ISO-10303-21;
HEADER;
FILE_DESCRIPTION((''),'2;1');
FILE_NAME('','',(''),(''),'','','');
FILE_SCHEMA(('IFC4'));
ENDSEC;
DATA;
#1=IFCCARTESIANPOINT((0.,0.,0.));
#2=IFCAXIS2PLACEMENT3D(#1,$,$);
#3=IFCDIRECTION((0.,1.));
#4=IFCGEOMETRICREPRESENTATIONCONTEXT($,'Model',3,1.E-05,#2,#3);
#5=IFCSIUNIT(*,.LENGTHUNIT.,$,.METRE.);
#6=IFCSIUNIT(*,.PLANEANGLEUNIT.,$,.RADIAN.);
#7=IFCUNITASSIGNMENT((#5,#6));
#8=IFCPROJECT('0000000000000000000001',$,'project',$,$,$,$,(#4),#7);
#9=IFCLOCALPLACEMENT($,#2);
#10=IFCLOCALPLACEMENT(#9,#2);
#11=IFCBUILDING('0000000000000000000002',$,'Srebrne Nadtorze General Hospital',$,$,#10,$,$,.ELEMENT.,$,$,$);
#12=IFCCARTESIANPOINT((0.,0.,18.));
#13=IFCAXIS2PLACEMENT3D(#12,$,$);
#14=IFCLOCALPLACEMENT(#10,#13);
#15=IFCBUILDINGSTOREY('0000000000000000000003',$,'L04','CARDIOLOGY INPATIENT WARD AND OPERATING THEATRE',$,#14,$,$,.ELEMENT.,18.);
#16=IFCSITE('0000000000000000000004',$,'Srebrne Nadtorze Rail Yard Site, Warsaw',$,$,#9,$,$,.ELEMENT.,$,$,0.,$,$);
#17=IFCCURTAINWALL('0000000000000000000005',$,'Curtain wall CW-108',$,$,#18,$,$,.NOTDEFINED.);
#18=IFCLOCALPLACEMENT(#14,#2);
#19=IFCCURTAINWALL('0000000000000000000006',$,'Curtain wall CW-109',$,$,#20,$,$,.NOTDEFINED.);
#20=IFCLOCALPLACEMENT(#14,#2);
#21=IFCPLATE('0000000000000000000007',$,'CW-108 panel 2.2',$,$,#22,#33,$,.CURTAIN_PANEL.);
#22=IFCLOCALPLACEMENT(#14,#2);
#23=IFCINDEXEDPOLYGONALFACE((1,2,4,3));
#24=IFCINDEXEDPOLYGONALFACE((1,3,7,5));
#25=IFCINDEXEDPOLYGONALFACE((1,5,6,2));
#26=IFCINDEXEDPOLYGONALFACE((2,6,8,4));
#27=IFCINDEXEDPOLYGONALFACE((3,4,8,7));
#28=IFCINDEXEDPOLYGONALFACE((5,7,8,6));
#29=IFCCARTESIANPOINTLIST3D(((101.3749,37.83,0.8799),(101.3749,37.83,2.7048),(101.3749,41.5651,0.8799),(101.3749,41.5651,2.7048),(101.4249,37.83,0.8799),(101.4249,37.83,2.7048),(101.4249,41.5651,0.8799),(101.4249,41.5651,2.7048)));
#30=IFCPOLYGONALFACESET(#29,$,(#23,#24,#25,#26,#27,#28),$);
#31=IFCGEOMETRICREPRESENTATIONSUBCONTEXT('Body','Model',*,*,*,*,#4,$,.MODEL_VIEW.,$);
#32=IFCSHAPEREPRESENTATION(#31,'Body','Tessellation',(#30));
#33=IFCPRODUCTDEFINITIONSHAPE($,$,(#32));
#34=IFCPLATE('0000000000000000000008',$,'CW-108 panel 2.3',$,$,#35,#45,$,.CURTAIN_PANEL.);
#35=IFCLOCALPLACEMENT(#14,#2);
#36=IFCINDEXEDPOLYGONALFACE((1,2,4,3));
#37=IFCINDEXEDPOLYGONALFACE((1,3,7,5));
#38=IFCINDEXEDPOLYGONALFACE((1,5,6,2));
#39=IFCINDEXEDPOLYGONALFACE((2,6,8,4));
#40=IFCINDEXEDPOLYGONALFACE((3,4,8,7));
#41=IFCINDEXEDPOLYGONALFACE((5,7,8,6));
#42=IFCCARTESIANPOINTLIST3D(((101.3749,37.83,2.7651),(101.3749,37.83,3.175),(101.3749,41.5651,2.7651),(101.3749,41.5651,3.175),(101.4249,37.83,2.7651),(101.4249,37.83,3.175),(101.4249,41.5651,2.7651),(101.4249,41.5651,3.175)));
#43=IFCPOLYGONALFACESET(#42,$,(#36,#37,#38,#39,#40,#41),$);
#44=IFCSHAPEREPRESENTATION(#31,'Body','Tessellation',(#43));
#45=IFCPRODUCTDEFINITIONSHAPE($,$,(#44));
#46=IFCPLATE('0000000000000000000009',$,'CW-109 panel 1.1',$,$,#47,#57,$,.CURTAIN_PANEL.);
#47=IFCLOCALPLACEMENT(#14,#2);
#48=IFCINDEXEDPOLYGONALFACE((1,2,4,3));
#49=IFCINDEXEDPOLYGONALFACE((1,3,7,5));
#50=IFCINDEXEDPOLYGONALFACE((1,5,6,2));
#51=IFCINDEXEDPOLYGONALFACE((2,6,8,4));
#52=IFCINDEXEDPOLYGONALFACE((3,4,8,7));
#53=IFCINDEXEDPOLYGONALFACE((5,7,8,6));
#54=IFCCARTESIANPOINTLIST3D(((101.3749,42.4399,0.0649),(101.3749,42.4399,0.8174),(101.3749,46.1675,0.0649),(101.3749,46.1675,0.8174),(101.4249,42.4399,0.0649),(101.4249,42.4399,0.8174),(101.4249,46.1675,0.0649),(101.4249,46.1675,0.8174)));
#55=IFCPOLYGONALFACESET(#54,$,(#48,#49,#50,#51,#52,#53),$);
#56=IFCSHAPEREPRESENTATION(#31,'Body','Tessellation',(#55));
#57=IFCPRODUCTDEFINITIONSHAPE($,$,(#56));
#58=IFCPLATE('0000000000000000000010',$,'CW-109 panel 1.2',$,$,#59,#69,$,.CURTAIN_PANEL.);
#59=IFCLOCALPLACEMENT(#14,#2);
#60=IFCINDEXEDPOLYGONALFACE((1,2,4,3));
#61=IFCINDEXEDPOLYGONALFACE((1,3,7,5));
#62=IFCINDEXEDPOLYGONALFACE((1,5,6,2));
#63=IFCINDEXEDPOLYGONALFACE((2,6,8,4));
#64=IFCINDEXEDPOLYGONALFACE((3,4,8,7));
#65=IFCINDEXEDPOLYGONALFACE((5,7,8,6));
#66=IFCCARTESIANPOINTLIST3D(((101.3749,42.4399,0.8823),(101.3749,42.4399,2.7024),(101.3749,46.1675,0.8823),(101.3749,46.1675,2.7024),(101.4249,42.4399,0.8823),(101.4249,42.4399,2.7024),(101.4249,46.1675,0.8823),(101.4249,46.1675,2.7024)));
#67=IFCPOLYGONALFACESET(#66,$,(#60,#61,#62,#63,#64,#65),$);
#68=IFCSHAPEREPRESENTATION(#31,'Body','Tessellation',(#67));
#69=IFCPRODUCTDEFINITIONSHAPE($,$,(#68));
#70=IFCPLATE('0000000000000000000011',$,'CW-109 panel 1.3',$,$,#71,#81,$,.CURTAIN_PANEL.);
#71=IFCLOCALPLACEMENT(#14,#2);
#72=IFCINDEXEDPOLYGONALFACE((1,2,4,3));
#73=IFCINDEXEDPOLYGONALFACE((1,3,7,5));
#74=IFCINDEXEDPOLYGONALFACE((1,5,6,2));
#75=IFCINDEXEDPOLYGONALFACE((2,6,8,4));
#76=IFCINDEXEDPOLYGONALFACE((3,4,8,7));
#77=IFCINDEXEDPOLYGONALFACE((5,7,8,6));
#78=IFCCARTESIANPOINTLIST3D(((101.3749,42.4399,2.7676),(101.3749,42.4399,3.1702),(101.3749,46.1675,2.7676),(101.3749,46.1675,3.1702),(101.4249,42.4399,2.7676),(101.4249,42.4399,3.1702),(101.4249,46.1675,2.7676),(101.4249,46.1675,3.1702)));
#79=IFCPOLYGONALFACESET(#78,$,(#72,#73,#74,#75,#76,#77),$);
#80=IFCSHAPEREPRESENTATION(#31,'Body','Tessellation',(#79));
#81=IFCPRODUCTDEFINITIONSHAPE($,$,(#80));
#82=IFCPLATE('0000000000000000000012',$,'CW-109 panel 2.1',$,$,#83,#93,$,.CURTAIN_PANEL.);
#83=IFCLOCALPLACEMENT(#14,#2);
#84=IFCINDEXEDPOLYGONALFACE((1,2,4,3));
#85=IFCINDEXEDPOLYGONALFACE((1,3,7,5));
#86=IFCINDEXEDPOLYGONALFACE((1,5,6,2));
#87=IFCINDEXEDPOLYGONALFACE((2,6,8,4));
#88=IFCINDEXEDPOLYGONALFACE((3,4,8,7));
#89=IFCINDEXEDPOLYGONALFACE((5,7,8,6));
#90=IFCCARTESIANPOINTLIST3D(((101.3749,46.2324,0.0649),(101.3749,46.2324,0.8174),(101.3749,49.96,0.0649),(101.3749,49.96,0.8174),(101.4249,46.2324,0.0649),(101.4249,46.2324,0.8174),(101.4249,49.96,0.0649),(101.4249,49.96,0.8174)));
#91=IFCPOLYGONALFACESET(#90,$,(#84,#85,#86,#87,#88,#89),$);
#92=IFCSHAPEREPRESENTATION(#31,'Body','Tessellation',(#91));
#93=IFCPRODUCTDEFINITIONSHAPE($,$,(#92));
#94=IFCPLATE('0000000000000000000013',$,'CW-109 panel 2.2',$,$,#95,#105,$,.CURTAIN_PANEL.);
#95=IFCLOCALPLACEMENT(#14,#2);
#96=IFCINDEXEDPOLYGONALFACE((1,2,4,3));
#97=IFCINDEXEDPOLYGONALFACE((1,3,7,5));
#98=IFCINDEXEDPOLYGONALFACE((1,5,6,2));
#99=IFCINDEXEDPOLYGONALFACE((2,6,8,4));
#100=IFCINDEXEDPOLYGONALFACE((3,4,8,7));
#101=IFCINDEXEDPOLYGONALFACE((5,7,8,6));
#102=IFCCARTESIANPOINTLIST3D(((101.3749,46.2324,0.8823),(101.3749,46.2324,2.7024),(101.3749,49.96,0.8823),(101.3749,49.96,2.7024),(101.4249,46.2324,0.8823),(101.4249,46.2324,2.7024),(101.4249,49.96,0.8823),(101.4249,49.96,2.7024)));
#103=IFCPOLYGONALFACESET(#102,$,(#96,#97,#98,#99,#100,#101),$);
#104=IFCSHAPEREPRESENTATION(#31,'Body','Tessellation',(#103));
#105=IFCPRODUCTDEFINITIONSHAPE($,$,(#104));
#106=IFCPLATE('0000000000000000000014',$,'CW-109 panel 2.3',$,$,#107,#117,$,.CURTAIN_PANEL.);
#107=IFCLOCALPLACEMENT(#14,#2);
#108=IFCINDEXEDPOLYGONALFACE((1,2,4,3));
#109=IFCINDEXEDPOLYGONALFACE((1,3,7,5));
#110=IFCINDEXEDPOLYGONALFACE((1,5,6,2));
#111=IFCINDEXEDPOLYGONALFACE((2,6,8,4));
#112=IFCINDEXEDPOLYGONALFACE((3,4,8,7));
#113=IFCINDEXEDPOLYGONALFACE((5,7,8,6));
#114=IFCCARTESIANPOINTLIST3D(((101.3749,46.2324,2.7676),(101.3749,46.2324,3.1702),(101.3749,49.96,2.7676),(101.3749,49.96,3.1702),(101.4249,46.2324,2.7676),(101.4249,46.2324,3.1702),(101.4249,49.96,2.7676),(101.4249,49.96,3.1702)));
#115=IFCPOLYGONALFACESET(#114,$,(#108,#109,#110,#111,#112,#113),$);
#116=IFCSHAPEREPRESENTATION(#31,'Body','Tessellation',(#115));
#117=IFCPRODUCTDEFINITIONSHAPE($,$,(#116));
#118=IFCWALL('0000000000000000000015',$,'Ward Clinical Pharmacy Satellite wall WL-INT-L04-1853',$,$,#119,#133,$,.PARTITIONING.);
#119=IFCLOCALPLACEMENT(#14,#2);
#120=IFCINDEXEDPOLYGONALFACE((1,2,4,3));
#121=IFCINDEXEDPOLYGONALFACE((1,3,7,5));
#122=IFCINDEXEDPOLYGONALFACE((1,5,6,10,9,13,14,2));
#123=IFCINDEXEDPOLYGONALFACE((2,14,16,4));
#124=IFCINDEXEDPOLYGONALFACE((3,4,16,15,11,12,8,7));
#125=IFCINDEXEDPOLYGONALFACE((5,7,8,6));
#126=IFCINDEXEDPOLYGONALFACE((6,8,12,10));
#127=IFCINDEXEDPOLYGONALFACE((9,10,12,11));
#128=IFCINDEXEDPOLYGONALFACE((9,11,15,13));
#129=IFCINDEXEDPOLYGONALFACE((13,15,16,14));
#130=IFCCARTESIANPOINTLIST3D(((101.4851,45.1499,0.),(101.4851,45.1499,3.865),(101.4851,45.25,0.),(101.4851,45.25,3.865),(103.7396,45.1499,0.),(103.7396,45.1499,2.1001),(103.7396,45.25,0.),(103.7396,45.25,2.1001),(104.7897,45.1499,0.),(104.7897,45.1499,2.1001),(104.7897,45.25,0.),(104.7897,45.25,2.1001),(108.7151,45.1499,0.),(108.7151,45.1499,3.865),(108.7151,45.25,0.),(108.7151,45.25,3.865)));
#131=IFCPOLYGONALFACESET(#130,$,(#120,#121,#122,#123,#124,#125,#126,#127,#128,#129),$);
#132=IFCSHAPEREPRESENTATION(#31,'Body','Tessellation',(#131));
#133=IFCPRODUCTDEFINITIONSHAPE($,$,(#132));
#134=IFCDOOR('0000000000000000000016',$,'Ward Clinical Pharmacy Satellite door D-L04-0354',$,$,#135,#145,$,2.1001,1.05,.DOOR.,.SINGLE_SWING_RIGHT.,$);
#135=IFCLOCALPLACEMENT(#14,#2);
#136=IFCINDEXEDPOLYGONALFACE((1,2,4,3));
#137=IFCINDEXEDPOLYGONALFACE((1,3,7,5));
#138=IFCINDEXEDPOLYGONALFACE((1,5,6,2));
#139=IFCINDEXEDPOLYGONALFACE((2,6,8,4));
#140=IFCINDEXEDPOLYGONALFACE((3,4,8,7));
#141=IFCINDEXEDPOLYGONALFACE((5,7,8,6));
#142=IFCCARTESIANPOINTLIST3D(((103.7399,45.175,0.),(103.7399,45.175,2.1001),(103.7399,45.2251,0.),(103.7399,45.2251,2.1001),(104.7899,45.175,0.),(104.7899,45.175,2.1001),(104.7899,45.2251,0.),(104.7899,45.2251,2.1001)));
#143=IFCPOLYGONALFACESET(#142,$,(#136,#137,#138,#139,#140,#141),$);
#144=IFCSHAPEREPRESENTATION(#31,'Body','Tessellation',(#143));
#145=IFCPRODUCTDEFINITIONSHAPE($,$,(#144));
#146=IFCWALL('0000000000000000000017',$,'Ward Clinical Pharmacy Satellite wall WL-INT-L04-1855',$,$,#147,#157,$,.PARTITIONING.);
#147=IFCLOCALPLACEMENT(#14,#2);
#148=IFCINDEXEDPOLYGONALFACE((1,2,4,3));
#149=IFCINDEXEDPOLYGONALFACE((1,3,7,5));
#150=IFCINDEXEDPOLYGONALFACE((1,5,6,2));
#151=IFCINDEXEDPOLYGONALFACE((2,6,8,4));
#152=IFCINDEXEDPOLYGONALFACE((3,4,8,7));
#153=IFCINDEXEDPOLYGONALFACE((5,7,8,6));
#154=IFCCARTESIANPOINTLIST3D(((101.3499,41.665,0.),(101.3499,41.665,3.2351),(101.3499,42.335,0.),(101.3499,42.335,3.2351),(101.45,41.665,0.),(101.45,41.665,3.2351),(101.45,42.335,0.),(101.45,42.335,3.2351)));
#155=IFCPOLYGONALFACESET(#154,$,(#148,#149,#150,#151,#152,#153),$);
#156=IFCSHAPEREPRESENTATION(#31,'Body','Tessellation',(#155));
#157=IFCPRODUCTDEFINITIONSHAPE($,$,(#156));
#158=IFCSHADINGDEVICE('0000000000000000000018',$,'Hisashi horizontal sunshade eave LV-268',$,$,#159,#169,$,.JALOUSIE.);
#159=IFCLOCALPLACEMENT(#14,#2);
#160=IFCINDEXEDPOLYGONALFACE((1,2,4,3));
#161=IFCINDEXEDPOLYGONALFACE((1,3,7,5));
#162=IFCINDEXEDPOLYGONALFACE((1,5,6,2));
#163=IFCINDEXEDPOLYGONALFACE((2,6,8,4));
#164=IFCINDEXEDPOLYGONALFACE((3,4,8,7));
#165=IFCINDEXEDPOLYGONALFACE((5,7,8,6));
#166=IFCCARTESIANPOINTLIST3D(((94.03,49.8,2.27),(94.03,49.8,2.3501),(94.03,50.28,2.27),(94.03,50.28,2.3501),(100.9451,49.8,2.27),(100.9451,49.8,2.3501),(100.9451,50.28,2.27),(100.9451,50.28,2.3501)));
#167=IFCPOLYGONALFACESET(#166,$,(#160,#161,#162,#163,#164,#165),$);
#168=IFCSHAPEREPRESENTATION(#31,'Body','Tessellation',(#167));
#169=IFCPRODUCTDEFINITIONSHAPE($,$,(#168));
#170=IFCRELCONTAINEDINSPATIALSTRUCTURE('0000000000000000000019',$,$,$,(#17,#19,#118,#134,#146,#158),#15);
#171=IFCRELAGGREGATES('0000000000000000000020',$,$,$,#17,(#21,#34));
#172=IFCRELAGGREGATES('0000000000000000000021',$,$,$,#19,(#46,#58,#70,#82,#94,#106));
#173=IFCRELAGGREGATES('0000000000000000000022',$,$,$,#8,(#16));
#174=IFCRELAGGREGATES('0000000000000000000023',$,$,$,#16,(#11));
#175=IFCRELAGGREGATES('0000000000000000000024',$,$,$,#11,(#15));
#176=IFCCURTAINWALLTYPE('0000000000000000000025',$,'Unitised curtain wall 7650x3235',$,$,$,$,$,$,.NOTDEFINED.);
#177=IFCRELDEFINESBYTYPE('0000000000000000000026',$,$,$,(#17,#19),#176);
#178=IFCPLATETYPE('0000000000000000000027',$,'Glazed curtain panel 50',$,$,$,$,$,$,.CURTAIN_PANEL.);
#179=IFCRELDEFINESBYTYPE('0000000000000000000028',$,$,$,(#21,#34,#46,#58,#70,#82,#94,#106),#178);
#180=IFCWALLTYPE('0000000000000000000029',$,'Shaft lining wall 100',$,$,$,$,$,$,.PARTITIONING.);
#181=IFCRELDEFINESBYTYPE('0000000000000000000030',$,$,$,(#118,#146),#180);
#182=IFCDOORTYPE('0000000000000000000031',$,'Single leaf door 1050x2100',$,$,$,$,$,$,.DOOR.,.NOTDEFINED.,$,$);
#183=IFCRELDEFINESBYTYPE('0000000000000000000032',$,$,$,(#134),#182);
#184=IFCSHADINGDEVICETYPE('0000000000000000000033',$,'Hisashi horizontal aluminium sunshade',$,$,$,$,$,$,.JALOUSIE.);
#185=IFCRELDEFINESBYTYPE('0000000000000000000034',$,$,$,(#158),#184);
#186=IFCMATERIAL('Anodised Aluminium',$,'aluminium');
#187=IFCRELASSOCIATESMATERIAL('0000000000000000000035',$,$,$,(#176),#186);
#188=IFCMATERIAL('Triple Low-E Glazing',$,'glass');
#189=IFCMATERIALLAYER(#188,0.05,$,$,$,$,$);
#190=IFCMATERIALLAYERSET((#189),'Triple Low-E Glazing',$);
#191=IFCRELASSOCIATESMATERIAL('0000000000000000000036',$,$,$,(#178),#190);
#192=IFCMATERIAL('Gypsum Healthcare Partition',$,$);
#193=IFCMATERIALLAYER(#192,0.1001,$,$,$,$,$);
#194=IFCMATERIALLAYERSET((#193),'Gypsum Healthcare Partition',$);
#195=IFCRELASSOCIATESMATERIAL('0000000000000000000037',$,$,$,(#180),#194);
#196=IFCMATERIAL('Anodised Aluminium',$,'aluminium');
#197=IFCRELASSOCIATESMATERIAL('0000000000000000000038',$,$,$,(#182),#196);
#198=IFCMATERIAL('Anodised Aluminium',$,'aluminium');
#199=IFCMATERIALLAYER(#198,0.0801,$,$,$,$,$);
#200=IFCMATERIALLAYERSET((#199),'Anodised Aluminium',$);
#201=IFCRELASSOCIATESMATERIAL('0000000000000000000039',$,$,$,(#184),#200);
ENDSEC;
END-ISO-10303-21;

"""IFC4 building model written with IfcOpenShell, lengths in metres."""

from ifc_helpers import new_model, si_unit, direction, frame, frame_2d, origin, origin_2d, place, context, subcontext, project, spatial, rectangle, extrude, material, layer, layer_set, type_object, element, fill, aggregate, save


model = new_model("IFC4")

# Units and contexts
model_context = context("Model", 3, precision=1e-05, world=origin(), true_north=direction((0.0, 1.0)))
body_context = subcontext(model_context, "Body", "Model", "MODEL_VIEW")
ifc_project = project(units=[si_unit("LENGTHUNIT", "METRE"), si_unit("PLANEANGLEUNIT", "RADIAN")], contexts=[model_context])

# Site, building, storey
site_placement = place(None, origin())
site = spatial("IfcSite", under=ifc_project, at=site_placement, Name="Srebrne Nadtorze Rail Yard Site, Warsaw", CompositionType="ELEMENT", RefElevation=0.0)
building_placement = place(site_placement, origin())
building = spatial("IfcBuilding", under=site, at=building_placement, Name="Srebrne Nadtorze General Hospital", CompositionType="ELEMENT")
storey_placement = place(building_placement, frame((0.0, 0.0, 18.0)))
storey = spatial("IfcBuildingStorey", under=building, at=storey_placement, Name="L04", Description="CARDIOLOGY INPATIENT WARD AND OPERATING THEATRE", CompositionType="ELEMENT", Elevation=18.0)

# Curtain walls
ifc_material_1 = material(Name="Anodised Aluminium", Category="aluminium")
curtain_wall_type = type_object("IfcCurtainWallType", Name="Unitised curtain wall 7650x3235", PredefinedType="NOTDEFINED", material=ifc_material_1)
curtain_wall_1_placement = place(storey_placement, origin())
curtain_wall_1 = element("IfcCurtainWall", 1, at=curtain_wall_1_placement, inside=storey, type_object=curtain_wall_type, Name="Curtain wall CW-108", PredefinedType="NOTDEFINED")
curtain_wall_2_placement = place(storey_placement, origin())
curtain_wall_2 = element("IfcCurtainWall", 2, at=curtain_wall_2_placement, inside=storey, type_object=curtain_wall_type, Name="Curtain wall CW-109", PredefinedType="NOTDEFINED")

# Plates
ifc_material_2 = material(Name="Triple Low-E Glazing", Category="glass")
ifc_layer_1 = layer(ifc_material_2, 0.05)
ifc_layer_set_1 = layer_set([ifc_layer_1], Name="Triple Low-E Glazing")
plate_type = type_object("IfcPlateType", Name="Glazed curtain panel 50", PredefinedType="CURTAIN_PANEL", material=ifc_layer_set_1)
plate_1_placement = place(storey_placement, frame((101.3999, 39.6975, 0.8799), z_axis=(0.0, 0.0, 1.0), x_axis=(0.0, 1.0, 0.0)))
plate_1 = element("IfcPlate", 3, at=plate_1_placement, type_object=plate_type, Name="CW-108 panel 2.2", PredefinedType="CURTAIN_PANEL", context=body_context, shape_type="SweptSolid", body=[
    extrude(rectangle(XDim=3.7351, YDim=0.05, at=origin_2d()), origin(), (0.0, 0.0, 1.0), 1.825),
])
plate_2_placement = place(storey_placement, frame((101.3999, 39.6975, 2.7651), z_axis=(0.0, 0.0, 1.0), x_axis=(0.0, 1.0, 0.0)))
plate_2 = element("IfcPlate", 4, at=plate_2_placement, type_object=plate_type, Name="CW-108 panel 2.3", PredefinedType="CURTAIN_PANEL", context=body_context, shape_type="SweptSolid", body=[
    extrude(rectangle(XDim=3.7351, YDim=0.05, at=origin_2d()), origin(), (0.0, 0.0, 1.0), 0.4099),
])
aggregate(curtain_wall_1, [plate_1, plate_2])
plate_3_placement = place(storey_placement, frame((101.3999, 44.3037, 0.0649), z_axis=(0.0, 0.0, 1.0), x_axis=(0.0, 1.0, 0.0)))
plate_3 = element("IfcPlate", 5, at=plate_3_placement, type_object=plate_type, Name="CW-109 panel 1.1", PredefinedType="CURTAIN_PANEL", context=body_context, shape_type="SweptSolid", body=[
    extrude(rectangle(XDim=3.7275, YDim=0.05, at=origin_2d()), origin(), (0.0, 0.0, 1.0), 0.7524),
])
plate_4_placement = place(storey_placement, frame((101.3999, 44.3037, 0.8823), z_axis=(0.0, 0.0, 1.0), x_axis=(0.0, 1.0, 0.0)))
plate_4 = element("IfcPlate", 6, at=plate_4_placement, type_object=plate_type, Name="CW-109 panel 1.2", PredefinedType="CURTAIN_PANEL", context=body_context, shape_type="SweptSolid", body=[
    extrude(rectangle(XDim=3.7275, YDim=0.05, at=origin_2d()), origin(), (0.0, 0.0, 1.0), 1.8201),
])
plate_5_placement = place(storey_placement, frame((101.3999, 44.3037, 2.7676), z_axis=(0.0, 0.0, 1.0), x_axis=(0.0, 1.0, 0.0)))
plate_5 = element("IfcPlate", 7, at=plate_5_placement, type_object=plate_type, Name="CW-109 panel 1.3", PredefinedType="CURTAIN_PANEL", context=body_context, shape_type="SweptSolid", body=[
    extrude(rectangle(XDim=3.7275, YDim=0.05, at=origin_2d()), origin(), (0.0, 0.0, 1.0), 0.4026),
])
plate_6_placement = place(storey_placement, frame((101.3999, 48.0962, 0.0649), z_axis=(0.0, 0.0, 1.0), x_axis=(0.0, 1.0, 0.0)))
plate_6 = element("IfcPlate", 8, at=plate_6_placement, type_object=plate_type, Name="CW-109 panel 2.1", PredefinedType="CURTAIN_PANEL", context=body_context, shape_type="SweptSolid", body=[
    extrude(rectangle(XDim=3.7275, YDim=0.05, at=origin_2d()), origin(), (0.0, 0.0, 1.0), 0.7524),
])
plate_7_placement = place(storey_placement, frame((101.3999, 48.0962, 0.8823), z_axis=(0.0, 0.0, 1.0), x_axis=(0.0, 1.0, 0.0)))
plate_7 = element("IfcPlate", 9, at=plate_7_placement, type_object=plate_type, Name="CW-109 panel 2.2", PredefinedType="CURTAIN_PANEL", context=body_context, shape_type="SweptSolid", body=[
    extrude(rectangle(XDim=3.7275, YDim=0.05, at=origin_2d()), origin(), (0.0, 0.0, 1.0), 1.8201),
])
plate_8_placement = place(storey_placement, frame((101.3999, 48.0962, 2.7676), z_axis=(0.0, 0.0, 1.0), x_axis=(0.0, 1.0, 0.0)))
plate_8 = element("IfcPlate", 10, at=plate_8_placement, type_object=plate_type, Name="CW-109 panel 2.3", PredefinedType="CURTAIN_PANEL", context=body_context, shape_type="SweptSolid", body=[
    extrude(rectangle(XDim=3.7275, YDim=0.05, at=origin_2d()), origin(), (0.0, 0.0, 1.0), 0.4026),
])
aggregate(curtain_wall_2, [plate_3, plate_4, plate_5, plate_6, plate_7, plate_8])

# Wall, opening, door
ifc_material_3 = material(Name="Gypsum Healthcare Partition")
ifc_layer_2 = layer(ifc_material_3, 0.1001)
ifc_layer_set_2 = layer_set([ifc_layer_2], Name="Gypsum Healthcare Partition")
wall_type = type_object("IfcWallType", Name="Shaft lining wall 100", PredefinedType="PARTITIONING", material=ifc_layer_set_2)
wall_1_placement = place(storey_placement, frame((101.4851, 45.2, 0.0), z_axis=(0.0, 0.0, 1.0), x_axis=(1.0, 0.0, 0.0)))
wall_1 = element("IfcWall", 11, at=wall_1_placement, inside=storey, type_object=wall_type, Name="Ward Clinical Pharmacy Satellite wall WL-INT-L04-1853", PredefinedType="PARTITIONING", context=body_context, shape_type="SweptSolid", body=[
    extrude(rectangle(XDim=7.23, YDim=0.1001, at=frame_2d((3.615, 0.0))), origin(), (0.0, 0.0, 1.0), 3.865),
])
opening_placement = place(wall_1_placement, frame((2.2546, 0.0, 0.0)))
opening = element("IfcOpeningElement", 12, at=opening_placement, cuts=wall_1, PredefinedType="OPENING", context=body_context, shape_type="SweptSolid", body=[
    extrude(rectangle(XDim=1.05, YDim=2.1001, at=frame_2d((0.5249, 1.05))), frame((0.0, 0.062, 0.0), z_axis=(0.0, -1.0, 0.0), x_axis=(1.0, 0.0, 0.0)), (0.0, 0.0, 1.0), 0.124),
])
ifc_material_4 = material(Name="Anodised Aluminium", Category="aluminium")
door_type = type_object("IfcDoorType", Name="Single leaf door 1050x2100", OperationType="NOTDEFINED", PredefinedType="DOOR", material=ifc_material_4)
door_placement = place(opening_placement, frame((1.05, 0.0, 0.0), z_axis=(0.0, 0.0, 1.0), x_axis=(-1.0, 0.0, 0.0)))
door = element("IfcDoor", 13, at=door_placement, inside=storey, type_object=door_type, Name="Ward Clinical Pharmacy Satellite door D-L04-0354", OperationType="SINGLE_SWING_RIGHT", OverallHeight=2.1001, OverallWidth=1.05, PredefinedType="DOOR", context=body_context, shape_type="SweptSolid", body=[
    extrude(rectangle(XDim=1.05, YDim=2.1001, at=frame_2d((0.5249, 1.05))), frame((0.0, 0.0249, 0.0), z_axis=(0.0, -1.0, 0.0), x_axis=(1.0, 0.0, 0.0)), (0.0, 0.0, 1.0), 0.05),
])
fill(opening, door)

# Wall
wall_2_placement = place(storey_placement, frame((101.3999, 41.665, 0.0), z_axis=(0.0, 0.0, 1.0), x_axis=(0.0, 1.0, 0.0)))
element("IfcWall", 14, at=wall_2_placement, inside=storey, type_object=wall_type, Name="Ward Clinical Pharmacy Satellite wall WL-INT-L04-1855", PredefinedType="PARTITIONING", context=body_context, shape_type="SweptSolid", body=[
    extrude(rectangle(XDim=0.6699, YDim=0.1001, at=frame_2d((0.335, 0.0))), origin(), (0.0, 0.0, 1.0), 3.2351),
])

# Shading device
ifc_material_5 = material(Name="Anodised Aluminium", Category="aluminium")
ifc_layer_3 = layer(ifc_material_5, 0.0801)
ifc_layer_set_3 = layer_set([ifc_layer_3], Name="Anodised Aluminium")
shading_device_type = type_object("IfcShadingDeviceType", Name="Hisashi horizontal aluminium sunshade", PredefinedType="JALOUSIE", material=ifc_layer_set_3)
shading_device_placement = place(storey_placement, frame((97.4875, 50.04, 2.27), z_axis=(0.0, 0.0, 1.0), x_axis=(1.0, 0.0, 0.0)))
element("IfcShadingDevice", 15, at=shading_device_placement, inside=storey, type_object=shading_device_type, Name="Hisashi horizontal sunshade eave LV-268", PredefinedType="JALOUSIE", context=body_context, shape_type="SweptSolid", body=[
    extrude(rectangle(XDim=6.915, YDim=0.48, at=origin_2d()), origin(), (0.0, 0.0, 1.0), 0.0801),
])

save(model, "model.ifc")
